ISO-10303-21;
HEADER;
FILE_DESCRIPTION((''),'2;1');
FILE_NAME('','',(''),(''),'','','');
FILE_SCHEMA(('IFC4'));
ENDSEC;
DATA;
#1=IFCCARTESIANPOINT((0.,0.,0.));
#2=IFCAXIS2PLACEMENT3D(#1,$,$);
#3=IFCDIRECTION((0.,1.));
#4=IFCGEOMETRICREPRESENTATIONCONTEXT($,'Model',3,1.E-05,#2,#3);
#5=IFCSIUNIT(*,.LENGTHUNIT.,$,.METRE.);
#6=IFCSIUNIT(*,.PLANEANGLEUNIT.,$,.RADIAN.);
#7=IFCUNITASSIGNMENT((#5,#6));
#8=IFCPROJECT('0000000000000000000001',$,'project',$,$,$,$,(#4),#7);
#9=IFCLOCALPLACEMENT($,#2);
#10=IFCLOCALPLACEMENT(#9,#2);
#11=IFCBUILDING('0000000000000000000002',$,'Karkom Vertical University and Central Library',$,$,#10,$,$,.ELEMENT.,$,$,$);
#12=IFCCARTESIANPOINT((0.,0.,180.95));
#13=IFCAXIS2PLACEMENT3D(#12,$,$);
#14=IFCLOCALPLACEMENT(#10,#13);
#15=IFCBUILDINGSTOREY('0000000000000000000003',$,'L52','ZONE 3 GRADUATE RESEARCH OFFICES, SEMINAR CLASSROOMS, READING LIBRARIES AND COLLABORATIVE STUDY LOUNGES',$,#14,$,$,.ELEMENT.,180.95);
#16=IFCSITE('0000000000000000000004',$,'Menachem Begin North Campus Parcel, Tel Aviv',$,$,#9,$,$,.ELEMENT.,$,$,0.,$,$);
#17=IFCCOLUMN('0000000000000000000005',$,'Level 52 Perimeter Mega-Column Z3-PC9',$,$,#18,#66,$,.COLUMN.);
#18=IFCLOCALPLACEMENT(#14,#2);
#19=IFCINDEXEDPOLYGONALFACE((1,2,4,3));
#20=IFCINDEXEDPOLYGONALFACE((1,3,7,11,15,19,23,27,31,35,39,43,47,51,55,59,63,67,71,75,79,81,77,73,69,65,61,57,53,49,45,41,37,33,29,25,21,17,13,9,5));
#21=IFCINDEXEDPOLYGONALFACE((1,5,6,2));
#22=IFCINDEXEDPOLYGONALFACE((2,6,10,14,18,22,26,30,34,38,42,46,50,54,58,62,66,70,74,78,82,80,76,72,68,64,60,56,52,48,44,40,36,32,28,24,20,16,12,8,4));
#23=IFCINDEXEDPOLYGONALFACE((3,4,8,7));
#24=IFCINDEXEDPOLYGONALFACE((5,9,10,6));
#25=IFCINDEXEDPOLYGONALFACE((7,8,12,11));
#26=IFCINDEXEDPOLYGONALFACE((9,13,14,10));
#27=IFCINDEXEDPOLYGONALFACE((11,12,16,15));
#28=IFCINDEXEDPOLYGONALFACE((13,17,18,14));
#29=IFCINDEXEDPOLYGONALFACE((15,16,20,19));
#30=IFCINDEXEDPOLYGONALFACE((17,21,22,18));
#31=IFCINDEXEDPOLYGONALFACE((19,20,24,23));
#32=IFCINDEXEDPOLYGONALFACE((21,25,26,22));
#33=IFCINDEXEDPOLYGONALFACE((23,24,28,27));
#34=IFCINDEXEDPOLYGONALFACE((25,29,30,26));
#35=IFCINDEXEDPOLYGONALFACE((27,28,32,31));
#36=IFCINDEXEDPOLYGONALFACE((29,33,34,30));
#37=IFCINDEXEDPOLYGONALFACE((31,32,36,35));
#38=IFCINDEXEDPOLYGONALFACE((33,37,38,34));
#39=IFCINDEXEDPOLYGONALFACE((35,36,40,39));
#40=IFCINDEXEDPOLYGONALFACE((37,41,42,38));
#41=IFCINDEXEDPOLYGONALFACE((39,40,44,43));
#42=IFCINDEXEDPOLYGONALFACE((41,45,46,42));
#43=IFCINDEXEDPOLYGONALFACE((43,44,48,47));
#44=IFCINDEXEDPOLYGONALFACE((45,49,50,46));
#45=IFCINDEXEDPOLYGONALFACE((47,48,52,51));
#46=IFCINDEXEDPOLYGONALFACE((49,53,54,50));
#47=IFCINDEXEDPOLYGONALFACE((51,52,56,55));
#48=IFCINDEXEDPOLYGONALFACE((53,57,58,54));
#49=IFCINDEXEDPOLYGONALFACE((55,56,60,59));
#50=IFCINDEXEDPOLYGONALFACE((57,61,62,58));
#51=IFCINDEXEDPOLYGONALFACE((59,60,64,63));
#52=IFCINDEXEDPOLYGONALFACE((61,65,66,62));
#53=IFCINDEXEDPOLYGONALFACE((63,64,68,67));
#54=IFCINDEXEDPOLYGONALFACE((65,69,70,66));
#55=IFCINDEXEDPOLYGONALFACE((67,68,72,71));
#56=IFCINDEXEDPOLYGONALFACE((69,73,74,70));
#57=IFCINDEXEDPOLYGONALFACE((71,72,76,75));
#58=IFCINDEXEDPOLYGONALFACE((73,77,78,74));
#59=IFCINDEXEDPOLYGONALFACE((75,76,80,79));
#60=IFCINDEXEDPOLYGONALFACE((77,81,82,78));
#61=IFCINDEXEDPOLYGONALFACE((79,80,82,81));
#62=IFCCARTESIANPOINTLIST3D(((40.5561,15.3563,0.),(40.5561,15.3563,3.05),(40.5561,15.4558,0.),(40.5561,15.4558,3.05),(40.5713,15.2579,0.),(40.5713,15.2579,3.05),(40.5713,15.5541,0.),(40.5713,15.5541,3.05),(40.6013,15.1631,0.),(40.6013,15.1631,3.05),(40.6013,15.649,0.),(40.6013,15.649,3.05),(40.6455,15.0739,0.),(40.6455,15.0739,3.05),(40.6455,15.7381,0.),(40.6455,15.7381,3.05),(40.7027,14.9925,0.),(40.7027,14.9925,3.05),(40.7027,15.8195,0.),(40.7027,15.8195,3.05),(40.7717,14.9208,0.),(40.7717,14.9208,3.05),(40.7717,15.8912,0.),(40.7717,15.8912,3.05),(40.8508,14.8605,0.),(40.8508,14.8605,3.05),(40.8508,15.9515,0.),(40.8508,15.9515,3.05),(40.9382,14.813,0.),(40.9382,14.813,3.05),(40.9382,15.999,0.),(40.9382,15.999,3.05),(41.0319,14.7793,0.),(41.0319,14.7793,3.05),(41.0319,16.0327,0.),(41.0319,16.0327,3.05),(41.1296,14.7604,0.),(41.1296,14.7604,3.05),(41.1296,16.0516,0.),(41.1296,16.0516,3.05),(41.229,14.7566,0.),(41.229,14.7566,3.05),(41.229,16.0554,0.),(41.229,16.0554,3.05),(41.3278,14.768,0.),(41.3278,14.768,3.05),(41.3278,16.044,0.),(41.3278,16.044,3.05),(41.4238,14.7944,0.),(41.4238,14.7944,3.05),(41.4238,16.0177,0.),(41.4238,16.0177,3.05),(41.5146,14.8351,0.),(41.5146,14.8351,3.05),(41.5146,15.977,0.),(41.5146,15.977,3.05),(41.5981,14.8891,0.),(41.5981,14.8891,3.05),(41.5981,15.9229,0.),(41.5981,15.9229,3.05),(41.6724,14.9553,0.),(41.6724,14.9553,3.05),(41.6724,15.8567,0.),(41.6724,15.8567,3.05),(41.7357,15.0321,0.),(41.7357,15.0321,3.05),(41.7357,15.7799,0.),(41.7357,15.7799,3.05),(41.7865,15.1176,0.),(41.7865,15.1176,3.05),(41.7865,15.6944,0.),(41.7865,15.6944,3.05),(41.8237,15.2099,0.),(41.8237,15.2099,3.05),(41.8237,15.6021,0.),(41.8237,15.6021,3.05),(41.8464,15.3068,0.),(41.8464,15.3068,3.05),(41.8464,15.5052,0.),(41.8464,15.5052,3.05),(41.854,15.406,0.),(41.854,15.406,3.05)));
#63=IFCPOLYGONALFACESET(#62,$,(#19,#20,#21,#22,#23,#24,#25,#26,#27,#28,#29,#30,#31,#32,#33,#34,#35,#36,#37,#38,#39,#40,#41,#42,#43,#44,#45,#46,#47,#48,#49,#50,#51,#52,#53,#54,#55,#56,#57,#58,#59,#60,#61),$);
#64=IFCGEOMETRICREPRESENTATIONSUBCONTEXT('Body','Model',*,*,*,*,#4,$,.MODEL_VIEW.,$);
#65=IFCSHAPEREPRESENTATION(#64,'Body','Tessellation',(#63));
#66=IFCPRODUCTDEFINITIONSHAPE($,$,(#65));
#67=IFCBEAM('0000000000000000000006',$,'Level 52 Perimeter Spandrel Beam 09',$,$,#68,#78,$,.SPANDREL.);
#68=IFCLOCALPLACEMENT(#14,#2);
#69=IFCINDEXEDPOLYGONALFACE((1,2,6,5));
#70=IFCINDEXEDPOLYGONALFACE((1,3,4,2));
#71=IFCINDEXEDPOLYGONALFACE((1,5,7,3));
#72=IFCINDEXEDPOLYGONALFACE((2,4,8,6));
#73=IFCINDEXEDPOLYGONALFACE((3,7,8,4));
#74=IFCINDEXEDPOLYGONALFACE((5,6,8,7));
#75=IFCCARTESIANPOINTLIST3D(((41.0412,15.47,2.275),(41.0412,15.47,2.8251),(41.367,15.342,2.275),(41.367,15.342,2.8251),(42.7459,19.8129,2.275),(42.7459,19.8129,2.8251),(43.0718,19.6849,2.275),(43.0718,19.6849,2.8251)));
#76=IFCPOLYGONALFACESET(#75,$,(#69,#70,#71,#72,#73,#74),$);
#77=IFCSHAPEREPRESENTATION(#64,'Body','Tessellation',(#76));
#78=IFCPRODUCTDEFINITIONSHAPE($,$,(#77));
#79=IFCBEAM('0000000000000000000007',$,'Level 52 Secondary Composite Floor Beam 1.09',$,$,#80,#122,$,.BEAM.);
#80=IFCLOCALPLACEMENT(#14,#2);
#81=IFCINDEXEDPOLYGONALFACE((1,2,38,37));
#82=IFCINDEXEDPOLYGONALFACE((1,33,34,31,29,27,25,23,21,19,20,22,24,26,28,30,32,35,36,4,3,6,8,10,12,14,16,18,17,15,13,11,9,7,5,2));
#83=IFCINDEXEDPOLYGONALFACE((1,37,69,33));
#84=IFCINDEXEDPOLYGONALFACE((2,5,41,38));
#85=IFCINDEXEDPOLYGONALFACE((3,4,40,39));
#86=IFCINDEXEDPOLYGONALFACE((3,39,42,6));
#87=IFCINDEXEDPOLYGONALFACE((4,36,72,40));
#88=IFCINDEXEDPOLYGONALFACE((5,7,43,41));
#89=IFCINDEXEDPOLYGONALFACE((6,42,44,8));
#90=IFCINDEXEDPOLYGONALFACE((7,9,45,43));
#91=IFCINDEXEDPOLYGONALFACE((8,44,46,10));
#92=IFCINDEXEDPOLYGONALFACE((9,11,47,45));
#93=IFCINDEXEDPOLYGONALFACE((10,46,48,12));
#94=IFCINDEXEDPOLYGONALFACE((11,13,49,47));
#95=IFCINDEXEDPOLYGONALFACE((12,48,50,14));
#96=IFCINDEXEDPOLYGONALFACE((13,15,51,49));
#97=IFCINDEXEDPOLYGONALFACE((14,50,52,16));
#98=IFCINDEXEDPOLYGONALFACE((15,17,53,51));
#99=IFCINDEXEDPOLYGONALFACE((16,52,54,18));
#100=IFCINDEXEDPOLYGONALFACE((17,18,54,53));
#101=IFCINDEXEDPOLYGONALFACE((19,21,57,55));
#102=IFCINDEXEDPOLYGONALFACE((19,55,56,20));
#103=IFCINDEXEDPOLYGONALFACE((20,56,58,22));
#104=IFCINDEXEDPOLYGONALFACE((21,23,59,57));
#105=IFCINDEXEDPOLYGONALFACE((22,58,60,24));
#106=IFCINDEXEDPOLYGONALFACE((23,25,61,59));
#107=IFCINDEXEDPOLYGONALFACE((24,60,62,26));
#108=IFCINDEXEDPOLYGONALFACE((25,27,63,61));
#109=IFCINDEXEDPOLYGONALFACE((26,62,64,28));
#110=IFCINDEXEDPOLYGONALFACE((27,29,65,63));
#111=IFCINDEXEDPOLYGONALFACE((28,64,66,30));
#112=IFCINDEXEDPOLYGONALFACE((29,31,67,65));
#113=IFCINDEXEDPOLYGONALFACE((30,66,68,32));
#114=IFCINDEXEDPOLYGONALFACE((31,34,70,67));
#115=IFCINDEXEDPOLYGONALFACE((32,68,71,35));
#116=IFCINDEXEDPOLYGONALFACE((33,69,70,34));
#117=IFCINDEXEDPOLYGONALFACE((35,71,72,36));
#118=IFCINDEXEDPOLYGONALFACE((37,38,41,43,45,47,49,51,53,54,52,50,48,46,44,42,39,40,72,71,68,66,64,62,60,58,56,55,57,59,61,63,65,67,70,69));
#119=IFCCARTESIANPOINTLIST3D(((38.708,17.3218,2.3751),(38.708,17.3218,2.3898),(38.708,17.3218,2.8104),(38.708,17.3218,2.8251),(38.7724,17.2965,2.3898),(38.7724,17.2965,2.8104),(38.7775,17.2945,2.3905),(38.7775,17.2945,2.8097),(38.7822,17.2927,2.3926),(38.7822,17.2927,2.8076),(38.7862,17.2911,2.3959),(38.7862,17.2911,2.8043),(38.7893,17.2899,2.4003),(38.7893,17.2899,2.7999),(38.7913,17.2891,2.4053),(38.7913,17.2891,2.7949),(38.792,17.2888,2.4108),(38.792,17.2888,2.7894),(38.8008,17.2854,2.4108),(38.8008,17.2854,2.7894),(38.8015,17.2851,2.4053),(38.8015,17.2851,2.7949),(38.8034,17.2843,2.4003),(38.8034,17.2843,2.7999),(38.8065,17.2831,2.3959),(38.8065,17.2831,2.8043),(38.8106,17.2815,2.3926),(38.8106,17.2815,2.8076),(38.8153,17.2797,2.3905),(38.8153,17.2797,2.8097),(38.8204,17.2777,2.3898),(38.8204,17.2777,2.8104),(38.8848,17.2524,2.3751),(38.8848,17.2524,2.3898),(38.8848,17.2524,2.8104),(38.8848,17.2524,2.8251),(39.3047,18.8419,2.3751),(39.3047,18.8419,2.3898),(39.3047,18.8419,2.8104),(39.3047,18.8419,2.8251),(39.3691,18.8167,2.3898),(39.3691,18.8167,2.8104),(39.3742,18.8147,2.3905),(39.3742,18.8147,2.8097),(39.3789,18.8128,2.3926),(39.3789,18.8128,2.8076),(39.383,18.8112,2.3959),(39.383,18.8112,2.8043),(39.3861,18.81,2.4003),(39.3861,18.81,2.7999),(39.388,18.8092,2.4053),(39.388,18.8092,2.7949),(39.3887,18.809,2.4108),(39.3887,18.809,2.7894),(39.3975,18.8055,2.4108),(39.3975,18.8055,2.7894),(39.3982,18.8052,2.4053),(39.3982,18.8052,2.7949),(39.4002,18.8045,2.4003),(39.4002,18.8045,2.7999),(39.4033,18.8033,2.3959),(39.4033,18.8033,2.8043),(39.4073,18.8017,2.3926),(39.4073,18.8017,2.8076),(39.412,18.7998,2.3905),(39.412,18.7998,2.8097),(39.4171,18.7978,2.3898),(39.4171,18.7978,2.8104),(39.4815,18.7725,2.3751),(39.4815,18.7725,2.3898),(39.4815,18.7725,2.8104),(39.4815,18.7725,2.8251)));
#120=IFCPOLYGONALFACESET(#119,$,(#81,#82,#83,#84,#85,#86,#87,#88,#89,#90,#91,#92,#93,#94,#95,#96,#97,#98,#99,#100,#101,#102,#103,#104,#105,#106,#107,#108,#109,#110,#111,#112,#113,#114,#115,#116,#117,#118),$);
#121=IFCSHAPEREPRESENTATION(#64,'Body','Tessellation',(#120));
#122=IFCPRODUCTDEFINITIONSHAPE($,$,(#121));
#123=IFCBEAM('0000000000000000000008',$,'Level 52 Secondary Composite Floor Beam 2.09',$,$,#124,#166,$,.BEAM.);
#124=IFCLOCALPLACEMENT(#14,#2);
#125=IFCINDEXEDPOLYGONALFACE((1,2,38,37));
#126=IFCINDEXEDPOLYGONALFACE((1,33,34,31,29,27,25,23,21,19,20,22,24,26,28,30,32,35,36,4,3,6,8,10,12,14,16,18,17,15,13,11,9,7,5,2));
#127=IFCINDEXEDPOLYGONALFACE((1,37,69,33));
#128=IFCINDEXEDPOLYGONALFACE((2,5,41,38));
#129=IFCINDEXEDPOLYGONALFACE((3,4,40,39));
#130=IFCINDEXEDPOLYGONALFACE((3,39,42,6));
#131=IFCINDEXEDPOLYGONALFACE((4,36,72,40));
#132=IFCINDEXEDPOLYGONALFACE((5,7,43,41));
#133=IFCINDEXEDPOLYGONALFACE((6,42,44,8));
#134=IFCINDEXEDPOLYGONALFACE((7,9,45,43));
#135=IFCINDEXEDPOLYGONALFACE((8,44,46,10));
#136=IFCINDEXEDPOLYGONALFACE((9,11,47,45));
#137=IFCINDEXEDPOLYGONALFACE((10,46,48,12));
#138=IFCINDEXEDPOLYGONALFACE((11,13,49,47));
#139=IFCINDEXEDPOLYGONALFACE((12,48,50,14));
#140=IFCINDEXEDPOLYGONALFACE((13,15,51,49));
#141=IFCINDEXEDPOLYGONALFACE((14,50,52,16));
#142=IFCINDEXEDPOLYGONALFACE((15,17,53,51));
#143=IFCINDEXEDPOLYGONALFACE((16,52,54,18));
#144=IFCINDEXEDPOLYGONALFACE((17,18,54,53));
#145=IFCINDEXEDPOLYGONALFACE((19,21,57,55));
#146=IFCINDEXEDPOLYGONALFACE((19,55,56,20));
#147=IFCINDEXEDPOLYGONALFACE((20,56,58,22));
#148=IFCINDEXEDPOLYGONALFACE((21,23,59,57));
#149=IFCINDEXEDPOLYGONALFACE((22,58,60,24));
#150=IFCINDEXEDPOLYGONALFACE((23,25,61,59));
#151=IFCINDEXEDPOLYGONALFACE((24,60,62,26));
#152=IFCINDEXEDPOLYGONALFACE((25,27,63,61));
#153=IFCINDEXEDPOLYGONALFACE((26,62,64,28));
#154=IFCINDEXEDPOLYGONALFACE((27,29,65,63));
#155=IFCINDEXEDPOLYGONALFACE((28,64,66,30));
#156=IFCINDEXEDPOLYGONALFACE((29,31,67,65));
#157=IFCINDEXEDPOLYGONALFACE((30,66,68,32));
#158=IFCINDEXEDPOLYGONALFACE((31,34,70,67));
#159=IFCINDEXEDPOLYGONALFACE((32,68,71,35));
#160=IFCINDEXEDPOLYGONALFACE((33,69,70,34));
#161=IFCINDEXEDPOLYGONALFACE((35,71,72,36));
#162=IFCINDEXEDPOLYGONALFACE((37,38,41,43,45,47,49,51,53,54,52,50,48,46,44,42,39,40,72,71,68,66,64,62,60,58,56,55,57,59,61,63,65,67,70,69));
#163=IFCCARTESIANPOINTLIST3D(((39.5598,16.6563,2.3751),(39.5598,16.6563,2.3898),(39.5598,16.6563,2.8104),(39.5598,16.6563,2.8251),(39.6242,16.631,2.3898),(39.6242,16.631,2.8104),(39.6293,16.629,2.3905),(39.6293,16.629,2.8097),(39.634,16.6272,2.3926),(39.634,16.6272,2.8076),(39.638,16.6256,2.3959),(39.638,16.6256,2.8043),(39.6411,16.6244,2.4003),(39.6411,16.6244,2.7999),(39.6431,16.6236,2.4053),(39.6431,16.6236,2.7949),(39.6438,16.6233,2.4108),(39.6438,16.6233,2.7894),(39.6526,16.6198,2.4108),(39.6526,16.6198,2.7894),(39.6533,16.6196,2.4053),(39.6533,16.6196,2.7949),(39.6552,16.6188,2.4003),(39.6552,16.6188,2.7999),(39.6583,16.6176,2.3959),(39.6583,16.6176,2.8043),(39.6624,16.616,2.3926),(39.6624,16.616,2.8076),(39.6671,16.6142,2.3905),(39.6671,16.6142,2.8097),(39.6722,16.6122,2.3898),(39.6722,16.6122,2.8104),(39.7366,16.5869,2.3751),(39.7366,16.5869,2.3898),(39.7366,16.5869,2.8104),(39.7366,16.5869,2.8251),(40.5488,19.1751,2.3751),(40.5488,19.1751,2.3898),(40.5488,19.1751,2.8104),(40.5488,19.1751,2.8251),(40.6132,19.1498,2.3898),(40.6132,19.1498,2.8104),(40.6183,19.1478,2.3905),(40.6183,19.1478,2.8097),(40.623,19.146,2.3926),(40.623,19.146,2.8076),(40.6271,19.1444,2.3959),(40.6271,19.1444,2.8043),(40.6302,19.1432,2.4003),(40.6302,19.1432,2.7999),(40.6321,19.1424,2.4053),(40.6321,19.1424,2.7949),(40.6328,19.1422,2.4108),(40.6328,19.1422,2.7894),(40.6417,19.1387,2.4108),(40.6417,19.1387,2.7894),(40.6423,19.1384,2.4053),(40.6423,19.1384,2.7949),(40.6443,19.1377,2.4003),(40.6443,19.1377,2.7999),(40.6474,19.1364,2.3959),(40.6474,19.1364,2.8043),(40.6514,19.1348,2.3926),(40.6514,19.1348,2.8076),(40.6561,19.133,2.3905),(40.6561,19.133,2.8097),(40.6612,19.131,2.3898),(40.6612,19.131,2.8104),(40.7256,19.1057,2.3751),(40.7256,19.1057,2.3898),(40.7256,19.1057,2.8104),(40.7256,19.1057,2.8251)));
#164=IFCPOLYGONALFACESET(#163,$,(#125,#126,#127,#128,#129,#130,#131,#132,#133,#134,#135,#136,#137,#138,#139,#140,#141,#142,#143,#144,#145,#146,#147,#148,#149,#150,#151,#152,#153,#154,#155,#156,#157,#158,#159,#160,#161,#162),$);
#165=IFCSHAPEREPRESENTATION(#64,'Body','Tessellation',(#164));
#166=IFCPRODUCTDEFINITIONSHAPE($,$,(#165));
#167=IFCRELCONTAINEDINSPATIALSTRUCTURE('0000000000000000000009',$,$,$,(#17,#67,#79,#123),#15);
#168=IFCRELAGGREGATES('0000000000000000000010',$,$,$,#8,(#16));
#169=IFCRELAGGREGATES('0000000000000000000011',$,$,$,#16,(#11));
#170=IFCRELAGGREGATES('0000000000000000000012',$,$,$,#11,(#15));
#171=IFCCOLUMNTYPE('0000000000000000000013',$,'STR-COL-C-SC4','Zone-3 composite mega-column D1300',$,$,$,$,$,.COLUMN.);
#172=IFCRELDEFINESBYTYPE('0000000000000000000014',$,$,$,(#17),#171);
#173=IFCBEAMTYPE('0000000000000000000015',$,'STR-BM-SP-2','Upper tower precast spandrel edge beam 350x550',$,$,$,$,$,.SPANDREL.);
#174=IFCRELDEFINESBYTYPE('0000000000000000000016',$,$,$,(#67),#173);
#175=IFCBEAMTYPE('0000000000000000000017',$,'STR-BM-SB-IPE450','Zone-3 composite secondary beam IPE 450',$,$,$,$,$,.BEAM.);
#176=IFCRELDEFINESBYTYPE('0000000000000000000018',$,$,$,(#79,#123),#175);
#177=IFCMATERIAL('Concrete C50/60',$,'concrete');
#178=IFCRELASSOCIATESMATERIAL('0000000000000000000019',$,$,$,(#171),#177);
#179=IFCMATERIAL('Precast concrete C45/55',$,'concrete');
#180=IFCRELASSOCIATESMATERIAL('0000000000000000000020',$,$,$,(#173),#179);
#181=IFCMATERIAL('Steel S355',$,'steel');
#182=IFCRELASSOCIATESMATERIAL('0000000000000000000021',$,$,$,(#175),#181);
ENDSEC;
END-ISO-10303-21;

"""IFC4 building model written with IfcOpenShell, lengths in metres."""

from ifc_helpers import new_model, si_unit, direction, frame, origin, origin_with_axes, origin_2d, place, context, subcontext, project, spatial, rectangle, circle, i_section, extrude, source, transform, mapped, material, material_profile, profile_set, type_object, element, save


model = new_model("IFC4")

# Units and contexts
model_context = context("Model", 3, precision=1e-05, world=origin(), true_north=direction((0.0, 1.0)))
body_context = subcontext(model_context, "Body", "Model", "MODEL_VIEW")
ifc_project = project(units=[si_unit("LENGTHUNIT", "METRE"), si_unit("PLANEANGLEUNIT", "RADIAN")], contexts=[model_context])

# Site, building, storey
site_placement = place(None, origin())
site = spatial("IfcSite", under=ifc_project, at=site_placement, Name="Menachem Begin North Campus Parcel, Tel Aviv", CompositionType="ELEMENT", RefElevation=0.0)
building_placement = place(site_placement, origin())
building = spatial("IfcBuilding", under=site, at=building_placement, Name="Karkom Vertical University and Central Library", CompositionType="ELEMENT")
storey_placement = place(building_placement, frame((0.0, 0.0, 180.95)))
storey = spatial("IfcBuildingStorey", under=building, at=storey_placement, Name="L52", Description="ZONE 3 GRADUATE RESEARCH OFFICES, SEMINAR CLASSROOMS, READING LIBRARIES AND COLLABORATIVE STUDY LOUNGES", CompositionType="ELEMENT", Elevation=180.95)

# Column
ifc_material_1 = material(Name="Concrete C50/60", Category="concrete")
ifc_material_profile_1 = material_profile(ifc_material_1, circle(Radius=0.6499, at=origin_2d()), Name="CFT-D1300")
ifc_profile_set_1 = profile_set([ifc_material_profile_1], Name="Concrete C50/60")
column_type = type_object("IfcColumnType", Name="STR-COL-C-SC4", Description="Zone-3 composite mega-column D1300", PredefinedType="COLUMN", material=ifc_profile_set_1)
shared_shape_1 = source(origin_with_axes(), body_context, "Body", "SweptSolid", [
    extrude(circle(Radius=0.6499, at=origin_2d()), origin(), (0.0, 0.0, 1.0), 3.05),
])
column_placement = place(storey_placement, frame((41.2041, 15.406, 0.0), z_axis=(0.0, 0.0, 1.0), x_axis=(1.0, 0.0, 0.0)))
element("IfcColumn", 1, at=column_placement, inside=storey, type_object=column_type, Name="Level 52 Perimeter Mega-Column Z3-PC9", PredefinedType="COLUMN", context=body_context, shape_type="MappedRepresentation", body=[
    mapped(shared_shape_1, transform((0.0, 0.0, 0.0), scale=1.0)),
])

# Beams
ifc_material_2 = material(Name="Precast concrete C45/55", Category="concrete")
ifc_material_profile_2 = material_profile(ifc_material_2, rectangle(XDim=0.3501, YDim=0.55, at=origin_2d()), Name="SPB-350x550")
ifc_profile_set_2 = profile_set([ifc_material_profile_2], Name="Precast concrete C45/55")
beam_type_1 = type_object("IfcBeamType", Name="STR-BM-SP-2", Description="Upper tower precast spandrel edge beam 350x550", PredefinedType="SPANDREL", material=ifc_profile_set_2)
shared_shape_2 = source(origin_with_axes(), body_context, "Body", "SweptSolid", [
    extrude(rectangle(XDim=0.3501, YDim=0.55, at=origin_2d()), origin(), (0.0, 0.0, 1.0), 4.6655),
])
beam_1_placement = place(storey_placement, frame((41.2041, 15.406, 2.55), z_axis=(0.365401, 0.93085, 0.0), x_axis=(-0.93085, 0.365401, 0.0)))
element("IfcBeam", 2, at=beam_1_placement, inside=storey, type_object=beam_type_1, Name="Level 52 Perimeter Spandrel Beam 09", PredefinedType="SPANDREL", context=body_context, shape_type="MappedRepresentation", body=[
    mapped(shared_shape_2, transform((0.0, 0.0, 0.0), scale=1.0)),
])
ifc_material_3 = material(Name="Steel S355", Category="steel")
ifc_material_profile_3 = material_profile(ifc_material_3, i_section(OverallWidth=0.1899, OverallDepth=0.45, WebThickness=0.0095, FlangeThickness=0.0146, FilletRadius=0.021, at=origin_2d()), Name="IPE 450")
ifc_profile_set_3 = profile_set([ifc_material_profile_3], Name="Steel S355")
beam_type_2 = type_object("IfcBeamType", Name="STR-BM-SB-IPE450", Description="Zone-3 composite secondary beam IPE 450", PredefinedType="BEAM", material=ifc_profile_set_3)
shared_shape_3 = source(origin_with_axes(), body_context, "Body", "SweptSolid", [
    extrude(i_section(OverallWidth=0.1899, OverallDepth=0.45, WebThickness=0.0095, FlangeThickness=0.0146, FilletRadius=0.021, at=origin_2d()), origin(), (0.0, 0.0, 1.0), 1.6331),
])
beam_2_placement = place(storey_placement, frame((38.7964, 17.2871, 2.6001), z_axis=(0.365403, 0.93085, 0.0), x_axis=(-0.93085, 0.365403, 0.0)))
element("IfcBeam", 3, at=beam_2_placement, inside=storey, type_object=beam_type_2, Name="Level 52 Secondary Composite Floor Beam 1.09", PredefinedType="BEAM", context=body_context, shape_type="MappedRepresentation", body=[
    mapped(shared_shape_3, transform((0.0, 0.0, 0.0), scale=1.0)),
])
shared_shape_4 = source(origin_with_axes(), body_context, "Body", "SweptSolid", [
    extrude(i_section(OverallWidth=0.1899, OverallDepth=0.45, WebThickness=0.0095, FlangeThickness=0.0146, FilletRadius=0.021, at=origin_2d()), origin(), (0.0, 0.0, 1.0), 2.7061),
])
beam_3_placement = place(storey_placement, frame((39.6482, 16.6216, 2.6001), z_axis=(0.365488, 0.930816, 0.0), x_axis=(-0.930816, 0.365488, 0.0)))
element("IfcBeam", 4, at=beam_3_placement, inside=storey, type_object=beam_type_2, Name="Level 52 Secondary Composite Floor Beam 2.09", PredefinedType="BEAM", context=body_context, shape_type="MappedRepresentation", body=[
    mapped(shared_shape_4, transform((0.0, 0.0, 0.0), scale=1.0)),
])

save(model, "model.ifc")
